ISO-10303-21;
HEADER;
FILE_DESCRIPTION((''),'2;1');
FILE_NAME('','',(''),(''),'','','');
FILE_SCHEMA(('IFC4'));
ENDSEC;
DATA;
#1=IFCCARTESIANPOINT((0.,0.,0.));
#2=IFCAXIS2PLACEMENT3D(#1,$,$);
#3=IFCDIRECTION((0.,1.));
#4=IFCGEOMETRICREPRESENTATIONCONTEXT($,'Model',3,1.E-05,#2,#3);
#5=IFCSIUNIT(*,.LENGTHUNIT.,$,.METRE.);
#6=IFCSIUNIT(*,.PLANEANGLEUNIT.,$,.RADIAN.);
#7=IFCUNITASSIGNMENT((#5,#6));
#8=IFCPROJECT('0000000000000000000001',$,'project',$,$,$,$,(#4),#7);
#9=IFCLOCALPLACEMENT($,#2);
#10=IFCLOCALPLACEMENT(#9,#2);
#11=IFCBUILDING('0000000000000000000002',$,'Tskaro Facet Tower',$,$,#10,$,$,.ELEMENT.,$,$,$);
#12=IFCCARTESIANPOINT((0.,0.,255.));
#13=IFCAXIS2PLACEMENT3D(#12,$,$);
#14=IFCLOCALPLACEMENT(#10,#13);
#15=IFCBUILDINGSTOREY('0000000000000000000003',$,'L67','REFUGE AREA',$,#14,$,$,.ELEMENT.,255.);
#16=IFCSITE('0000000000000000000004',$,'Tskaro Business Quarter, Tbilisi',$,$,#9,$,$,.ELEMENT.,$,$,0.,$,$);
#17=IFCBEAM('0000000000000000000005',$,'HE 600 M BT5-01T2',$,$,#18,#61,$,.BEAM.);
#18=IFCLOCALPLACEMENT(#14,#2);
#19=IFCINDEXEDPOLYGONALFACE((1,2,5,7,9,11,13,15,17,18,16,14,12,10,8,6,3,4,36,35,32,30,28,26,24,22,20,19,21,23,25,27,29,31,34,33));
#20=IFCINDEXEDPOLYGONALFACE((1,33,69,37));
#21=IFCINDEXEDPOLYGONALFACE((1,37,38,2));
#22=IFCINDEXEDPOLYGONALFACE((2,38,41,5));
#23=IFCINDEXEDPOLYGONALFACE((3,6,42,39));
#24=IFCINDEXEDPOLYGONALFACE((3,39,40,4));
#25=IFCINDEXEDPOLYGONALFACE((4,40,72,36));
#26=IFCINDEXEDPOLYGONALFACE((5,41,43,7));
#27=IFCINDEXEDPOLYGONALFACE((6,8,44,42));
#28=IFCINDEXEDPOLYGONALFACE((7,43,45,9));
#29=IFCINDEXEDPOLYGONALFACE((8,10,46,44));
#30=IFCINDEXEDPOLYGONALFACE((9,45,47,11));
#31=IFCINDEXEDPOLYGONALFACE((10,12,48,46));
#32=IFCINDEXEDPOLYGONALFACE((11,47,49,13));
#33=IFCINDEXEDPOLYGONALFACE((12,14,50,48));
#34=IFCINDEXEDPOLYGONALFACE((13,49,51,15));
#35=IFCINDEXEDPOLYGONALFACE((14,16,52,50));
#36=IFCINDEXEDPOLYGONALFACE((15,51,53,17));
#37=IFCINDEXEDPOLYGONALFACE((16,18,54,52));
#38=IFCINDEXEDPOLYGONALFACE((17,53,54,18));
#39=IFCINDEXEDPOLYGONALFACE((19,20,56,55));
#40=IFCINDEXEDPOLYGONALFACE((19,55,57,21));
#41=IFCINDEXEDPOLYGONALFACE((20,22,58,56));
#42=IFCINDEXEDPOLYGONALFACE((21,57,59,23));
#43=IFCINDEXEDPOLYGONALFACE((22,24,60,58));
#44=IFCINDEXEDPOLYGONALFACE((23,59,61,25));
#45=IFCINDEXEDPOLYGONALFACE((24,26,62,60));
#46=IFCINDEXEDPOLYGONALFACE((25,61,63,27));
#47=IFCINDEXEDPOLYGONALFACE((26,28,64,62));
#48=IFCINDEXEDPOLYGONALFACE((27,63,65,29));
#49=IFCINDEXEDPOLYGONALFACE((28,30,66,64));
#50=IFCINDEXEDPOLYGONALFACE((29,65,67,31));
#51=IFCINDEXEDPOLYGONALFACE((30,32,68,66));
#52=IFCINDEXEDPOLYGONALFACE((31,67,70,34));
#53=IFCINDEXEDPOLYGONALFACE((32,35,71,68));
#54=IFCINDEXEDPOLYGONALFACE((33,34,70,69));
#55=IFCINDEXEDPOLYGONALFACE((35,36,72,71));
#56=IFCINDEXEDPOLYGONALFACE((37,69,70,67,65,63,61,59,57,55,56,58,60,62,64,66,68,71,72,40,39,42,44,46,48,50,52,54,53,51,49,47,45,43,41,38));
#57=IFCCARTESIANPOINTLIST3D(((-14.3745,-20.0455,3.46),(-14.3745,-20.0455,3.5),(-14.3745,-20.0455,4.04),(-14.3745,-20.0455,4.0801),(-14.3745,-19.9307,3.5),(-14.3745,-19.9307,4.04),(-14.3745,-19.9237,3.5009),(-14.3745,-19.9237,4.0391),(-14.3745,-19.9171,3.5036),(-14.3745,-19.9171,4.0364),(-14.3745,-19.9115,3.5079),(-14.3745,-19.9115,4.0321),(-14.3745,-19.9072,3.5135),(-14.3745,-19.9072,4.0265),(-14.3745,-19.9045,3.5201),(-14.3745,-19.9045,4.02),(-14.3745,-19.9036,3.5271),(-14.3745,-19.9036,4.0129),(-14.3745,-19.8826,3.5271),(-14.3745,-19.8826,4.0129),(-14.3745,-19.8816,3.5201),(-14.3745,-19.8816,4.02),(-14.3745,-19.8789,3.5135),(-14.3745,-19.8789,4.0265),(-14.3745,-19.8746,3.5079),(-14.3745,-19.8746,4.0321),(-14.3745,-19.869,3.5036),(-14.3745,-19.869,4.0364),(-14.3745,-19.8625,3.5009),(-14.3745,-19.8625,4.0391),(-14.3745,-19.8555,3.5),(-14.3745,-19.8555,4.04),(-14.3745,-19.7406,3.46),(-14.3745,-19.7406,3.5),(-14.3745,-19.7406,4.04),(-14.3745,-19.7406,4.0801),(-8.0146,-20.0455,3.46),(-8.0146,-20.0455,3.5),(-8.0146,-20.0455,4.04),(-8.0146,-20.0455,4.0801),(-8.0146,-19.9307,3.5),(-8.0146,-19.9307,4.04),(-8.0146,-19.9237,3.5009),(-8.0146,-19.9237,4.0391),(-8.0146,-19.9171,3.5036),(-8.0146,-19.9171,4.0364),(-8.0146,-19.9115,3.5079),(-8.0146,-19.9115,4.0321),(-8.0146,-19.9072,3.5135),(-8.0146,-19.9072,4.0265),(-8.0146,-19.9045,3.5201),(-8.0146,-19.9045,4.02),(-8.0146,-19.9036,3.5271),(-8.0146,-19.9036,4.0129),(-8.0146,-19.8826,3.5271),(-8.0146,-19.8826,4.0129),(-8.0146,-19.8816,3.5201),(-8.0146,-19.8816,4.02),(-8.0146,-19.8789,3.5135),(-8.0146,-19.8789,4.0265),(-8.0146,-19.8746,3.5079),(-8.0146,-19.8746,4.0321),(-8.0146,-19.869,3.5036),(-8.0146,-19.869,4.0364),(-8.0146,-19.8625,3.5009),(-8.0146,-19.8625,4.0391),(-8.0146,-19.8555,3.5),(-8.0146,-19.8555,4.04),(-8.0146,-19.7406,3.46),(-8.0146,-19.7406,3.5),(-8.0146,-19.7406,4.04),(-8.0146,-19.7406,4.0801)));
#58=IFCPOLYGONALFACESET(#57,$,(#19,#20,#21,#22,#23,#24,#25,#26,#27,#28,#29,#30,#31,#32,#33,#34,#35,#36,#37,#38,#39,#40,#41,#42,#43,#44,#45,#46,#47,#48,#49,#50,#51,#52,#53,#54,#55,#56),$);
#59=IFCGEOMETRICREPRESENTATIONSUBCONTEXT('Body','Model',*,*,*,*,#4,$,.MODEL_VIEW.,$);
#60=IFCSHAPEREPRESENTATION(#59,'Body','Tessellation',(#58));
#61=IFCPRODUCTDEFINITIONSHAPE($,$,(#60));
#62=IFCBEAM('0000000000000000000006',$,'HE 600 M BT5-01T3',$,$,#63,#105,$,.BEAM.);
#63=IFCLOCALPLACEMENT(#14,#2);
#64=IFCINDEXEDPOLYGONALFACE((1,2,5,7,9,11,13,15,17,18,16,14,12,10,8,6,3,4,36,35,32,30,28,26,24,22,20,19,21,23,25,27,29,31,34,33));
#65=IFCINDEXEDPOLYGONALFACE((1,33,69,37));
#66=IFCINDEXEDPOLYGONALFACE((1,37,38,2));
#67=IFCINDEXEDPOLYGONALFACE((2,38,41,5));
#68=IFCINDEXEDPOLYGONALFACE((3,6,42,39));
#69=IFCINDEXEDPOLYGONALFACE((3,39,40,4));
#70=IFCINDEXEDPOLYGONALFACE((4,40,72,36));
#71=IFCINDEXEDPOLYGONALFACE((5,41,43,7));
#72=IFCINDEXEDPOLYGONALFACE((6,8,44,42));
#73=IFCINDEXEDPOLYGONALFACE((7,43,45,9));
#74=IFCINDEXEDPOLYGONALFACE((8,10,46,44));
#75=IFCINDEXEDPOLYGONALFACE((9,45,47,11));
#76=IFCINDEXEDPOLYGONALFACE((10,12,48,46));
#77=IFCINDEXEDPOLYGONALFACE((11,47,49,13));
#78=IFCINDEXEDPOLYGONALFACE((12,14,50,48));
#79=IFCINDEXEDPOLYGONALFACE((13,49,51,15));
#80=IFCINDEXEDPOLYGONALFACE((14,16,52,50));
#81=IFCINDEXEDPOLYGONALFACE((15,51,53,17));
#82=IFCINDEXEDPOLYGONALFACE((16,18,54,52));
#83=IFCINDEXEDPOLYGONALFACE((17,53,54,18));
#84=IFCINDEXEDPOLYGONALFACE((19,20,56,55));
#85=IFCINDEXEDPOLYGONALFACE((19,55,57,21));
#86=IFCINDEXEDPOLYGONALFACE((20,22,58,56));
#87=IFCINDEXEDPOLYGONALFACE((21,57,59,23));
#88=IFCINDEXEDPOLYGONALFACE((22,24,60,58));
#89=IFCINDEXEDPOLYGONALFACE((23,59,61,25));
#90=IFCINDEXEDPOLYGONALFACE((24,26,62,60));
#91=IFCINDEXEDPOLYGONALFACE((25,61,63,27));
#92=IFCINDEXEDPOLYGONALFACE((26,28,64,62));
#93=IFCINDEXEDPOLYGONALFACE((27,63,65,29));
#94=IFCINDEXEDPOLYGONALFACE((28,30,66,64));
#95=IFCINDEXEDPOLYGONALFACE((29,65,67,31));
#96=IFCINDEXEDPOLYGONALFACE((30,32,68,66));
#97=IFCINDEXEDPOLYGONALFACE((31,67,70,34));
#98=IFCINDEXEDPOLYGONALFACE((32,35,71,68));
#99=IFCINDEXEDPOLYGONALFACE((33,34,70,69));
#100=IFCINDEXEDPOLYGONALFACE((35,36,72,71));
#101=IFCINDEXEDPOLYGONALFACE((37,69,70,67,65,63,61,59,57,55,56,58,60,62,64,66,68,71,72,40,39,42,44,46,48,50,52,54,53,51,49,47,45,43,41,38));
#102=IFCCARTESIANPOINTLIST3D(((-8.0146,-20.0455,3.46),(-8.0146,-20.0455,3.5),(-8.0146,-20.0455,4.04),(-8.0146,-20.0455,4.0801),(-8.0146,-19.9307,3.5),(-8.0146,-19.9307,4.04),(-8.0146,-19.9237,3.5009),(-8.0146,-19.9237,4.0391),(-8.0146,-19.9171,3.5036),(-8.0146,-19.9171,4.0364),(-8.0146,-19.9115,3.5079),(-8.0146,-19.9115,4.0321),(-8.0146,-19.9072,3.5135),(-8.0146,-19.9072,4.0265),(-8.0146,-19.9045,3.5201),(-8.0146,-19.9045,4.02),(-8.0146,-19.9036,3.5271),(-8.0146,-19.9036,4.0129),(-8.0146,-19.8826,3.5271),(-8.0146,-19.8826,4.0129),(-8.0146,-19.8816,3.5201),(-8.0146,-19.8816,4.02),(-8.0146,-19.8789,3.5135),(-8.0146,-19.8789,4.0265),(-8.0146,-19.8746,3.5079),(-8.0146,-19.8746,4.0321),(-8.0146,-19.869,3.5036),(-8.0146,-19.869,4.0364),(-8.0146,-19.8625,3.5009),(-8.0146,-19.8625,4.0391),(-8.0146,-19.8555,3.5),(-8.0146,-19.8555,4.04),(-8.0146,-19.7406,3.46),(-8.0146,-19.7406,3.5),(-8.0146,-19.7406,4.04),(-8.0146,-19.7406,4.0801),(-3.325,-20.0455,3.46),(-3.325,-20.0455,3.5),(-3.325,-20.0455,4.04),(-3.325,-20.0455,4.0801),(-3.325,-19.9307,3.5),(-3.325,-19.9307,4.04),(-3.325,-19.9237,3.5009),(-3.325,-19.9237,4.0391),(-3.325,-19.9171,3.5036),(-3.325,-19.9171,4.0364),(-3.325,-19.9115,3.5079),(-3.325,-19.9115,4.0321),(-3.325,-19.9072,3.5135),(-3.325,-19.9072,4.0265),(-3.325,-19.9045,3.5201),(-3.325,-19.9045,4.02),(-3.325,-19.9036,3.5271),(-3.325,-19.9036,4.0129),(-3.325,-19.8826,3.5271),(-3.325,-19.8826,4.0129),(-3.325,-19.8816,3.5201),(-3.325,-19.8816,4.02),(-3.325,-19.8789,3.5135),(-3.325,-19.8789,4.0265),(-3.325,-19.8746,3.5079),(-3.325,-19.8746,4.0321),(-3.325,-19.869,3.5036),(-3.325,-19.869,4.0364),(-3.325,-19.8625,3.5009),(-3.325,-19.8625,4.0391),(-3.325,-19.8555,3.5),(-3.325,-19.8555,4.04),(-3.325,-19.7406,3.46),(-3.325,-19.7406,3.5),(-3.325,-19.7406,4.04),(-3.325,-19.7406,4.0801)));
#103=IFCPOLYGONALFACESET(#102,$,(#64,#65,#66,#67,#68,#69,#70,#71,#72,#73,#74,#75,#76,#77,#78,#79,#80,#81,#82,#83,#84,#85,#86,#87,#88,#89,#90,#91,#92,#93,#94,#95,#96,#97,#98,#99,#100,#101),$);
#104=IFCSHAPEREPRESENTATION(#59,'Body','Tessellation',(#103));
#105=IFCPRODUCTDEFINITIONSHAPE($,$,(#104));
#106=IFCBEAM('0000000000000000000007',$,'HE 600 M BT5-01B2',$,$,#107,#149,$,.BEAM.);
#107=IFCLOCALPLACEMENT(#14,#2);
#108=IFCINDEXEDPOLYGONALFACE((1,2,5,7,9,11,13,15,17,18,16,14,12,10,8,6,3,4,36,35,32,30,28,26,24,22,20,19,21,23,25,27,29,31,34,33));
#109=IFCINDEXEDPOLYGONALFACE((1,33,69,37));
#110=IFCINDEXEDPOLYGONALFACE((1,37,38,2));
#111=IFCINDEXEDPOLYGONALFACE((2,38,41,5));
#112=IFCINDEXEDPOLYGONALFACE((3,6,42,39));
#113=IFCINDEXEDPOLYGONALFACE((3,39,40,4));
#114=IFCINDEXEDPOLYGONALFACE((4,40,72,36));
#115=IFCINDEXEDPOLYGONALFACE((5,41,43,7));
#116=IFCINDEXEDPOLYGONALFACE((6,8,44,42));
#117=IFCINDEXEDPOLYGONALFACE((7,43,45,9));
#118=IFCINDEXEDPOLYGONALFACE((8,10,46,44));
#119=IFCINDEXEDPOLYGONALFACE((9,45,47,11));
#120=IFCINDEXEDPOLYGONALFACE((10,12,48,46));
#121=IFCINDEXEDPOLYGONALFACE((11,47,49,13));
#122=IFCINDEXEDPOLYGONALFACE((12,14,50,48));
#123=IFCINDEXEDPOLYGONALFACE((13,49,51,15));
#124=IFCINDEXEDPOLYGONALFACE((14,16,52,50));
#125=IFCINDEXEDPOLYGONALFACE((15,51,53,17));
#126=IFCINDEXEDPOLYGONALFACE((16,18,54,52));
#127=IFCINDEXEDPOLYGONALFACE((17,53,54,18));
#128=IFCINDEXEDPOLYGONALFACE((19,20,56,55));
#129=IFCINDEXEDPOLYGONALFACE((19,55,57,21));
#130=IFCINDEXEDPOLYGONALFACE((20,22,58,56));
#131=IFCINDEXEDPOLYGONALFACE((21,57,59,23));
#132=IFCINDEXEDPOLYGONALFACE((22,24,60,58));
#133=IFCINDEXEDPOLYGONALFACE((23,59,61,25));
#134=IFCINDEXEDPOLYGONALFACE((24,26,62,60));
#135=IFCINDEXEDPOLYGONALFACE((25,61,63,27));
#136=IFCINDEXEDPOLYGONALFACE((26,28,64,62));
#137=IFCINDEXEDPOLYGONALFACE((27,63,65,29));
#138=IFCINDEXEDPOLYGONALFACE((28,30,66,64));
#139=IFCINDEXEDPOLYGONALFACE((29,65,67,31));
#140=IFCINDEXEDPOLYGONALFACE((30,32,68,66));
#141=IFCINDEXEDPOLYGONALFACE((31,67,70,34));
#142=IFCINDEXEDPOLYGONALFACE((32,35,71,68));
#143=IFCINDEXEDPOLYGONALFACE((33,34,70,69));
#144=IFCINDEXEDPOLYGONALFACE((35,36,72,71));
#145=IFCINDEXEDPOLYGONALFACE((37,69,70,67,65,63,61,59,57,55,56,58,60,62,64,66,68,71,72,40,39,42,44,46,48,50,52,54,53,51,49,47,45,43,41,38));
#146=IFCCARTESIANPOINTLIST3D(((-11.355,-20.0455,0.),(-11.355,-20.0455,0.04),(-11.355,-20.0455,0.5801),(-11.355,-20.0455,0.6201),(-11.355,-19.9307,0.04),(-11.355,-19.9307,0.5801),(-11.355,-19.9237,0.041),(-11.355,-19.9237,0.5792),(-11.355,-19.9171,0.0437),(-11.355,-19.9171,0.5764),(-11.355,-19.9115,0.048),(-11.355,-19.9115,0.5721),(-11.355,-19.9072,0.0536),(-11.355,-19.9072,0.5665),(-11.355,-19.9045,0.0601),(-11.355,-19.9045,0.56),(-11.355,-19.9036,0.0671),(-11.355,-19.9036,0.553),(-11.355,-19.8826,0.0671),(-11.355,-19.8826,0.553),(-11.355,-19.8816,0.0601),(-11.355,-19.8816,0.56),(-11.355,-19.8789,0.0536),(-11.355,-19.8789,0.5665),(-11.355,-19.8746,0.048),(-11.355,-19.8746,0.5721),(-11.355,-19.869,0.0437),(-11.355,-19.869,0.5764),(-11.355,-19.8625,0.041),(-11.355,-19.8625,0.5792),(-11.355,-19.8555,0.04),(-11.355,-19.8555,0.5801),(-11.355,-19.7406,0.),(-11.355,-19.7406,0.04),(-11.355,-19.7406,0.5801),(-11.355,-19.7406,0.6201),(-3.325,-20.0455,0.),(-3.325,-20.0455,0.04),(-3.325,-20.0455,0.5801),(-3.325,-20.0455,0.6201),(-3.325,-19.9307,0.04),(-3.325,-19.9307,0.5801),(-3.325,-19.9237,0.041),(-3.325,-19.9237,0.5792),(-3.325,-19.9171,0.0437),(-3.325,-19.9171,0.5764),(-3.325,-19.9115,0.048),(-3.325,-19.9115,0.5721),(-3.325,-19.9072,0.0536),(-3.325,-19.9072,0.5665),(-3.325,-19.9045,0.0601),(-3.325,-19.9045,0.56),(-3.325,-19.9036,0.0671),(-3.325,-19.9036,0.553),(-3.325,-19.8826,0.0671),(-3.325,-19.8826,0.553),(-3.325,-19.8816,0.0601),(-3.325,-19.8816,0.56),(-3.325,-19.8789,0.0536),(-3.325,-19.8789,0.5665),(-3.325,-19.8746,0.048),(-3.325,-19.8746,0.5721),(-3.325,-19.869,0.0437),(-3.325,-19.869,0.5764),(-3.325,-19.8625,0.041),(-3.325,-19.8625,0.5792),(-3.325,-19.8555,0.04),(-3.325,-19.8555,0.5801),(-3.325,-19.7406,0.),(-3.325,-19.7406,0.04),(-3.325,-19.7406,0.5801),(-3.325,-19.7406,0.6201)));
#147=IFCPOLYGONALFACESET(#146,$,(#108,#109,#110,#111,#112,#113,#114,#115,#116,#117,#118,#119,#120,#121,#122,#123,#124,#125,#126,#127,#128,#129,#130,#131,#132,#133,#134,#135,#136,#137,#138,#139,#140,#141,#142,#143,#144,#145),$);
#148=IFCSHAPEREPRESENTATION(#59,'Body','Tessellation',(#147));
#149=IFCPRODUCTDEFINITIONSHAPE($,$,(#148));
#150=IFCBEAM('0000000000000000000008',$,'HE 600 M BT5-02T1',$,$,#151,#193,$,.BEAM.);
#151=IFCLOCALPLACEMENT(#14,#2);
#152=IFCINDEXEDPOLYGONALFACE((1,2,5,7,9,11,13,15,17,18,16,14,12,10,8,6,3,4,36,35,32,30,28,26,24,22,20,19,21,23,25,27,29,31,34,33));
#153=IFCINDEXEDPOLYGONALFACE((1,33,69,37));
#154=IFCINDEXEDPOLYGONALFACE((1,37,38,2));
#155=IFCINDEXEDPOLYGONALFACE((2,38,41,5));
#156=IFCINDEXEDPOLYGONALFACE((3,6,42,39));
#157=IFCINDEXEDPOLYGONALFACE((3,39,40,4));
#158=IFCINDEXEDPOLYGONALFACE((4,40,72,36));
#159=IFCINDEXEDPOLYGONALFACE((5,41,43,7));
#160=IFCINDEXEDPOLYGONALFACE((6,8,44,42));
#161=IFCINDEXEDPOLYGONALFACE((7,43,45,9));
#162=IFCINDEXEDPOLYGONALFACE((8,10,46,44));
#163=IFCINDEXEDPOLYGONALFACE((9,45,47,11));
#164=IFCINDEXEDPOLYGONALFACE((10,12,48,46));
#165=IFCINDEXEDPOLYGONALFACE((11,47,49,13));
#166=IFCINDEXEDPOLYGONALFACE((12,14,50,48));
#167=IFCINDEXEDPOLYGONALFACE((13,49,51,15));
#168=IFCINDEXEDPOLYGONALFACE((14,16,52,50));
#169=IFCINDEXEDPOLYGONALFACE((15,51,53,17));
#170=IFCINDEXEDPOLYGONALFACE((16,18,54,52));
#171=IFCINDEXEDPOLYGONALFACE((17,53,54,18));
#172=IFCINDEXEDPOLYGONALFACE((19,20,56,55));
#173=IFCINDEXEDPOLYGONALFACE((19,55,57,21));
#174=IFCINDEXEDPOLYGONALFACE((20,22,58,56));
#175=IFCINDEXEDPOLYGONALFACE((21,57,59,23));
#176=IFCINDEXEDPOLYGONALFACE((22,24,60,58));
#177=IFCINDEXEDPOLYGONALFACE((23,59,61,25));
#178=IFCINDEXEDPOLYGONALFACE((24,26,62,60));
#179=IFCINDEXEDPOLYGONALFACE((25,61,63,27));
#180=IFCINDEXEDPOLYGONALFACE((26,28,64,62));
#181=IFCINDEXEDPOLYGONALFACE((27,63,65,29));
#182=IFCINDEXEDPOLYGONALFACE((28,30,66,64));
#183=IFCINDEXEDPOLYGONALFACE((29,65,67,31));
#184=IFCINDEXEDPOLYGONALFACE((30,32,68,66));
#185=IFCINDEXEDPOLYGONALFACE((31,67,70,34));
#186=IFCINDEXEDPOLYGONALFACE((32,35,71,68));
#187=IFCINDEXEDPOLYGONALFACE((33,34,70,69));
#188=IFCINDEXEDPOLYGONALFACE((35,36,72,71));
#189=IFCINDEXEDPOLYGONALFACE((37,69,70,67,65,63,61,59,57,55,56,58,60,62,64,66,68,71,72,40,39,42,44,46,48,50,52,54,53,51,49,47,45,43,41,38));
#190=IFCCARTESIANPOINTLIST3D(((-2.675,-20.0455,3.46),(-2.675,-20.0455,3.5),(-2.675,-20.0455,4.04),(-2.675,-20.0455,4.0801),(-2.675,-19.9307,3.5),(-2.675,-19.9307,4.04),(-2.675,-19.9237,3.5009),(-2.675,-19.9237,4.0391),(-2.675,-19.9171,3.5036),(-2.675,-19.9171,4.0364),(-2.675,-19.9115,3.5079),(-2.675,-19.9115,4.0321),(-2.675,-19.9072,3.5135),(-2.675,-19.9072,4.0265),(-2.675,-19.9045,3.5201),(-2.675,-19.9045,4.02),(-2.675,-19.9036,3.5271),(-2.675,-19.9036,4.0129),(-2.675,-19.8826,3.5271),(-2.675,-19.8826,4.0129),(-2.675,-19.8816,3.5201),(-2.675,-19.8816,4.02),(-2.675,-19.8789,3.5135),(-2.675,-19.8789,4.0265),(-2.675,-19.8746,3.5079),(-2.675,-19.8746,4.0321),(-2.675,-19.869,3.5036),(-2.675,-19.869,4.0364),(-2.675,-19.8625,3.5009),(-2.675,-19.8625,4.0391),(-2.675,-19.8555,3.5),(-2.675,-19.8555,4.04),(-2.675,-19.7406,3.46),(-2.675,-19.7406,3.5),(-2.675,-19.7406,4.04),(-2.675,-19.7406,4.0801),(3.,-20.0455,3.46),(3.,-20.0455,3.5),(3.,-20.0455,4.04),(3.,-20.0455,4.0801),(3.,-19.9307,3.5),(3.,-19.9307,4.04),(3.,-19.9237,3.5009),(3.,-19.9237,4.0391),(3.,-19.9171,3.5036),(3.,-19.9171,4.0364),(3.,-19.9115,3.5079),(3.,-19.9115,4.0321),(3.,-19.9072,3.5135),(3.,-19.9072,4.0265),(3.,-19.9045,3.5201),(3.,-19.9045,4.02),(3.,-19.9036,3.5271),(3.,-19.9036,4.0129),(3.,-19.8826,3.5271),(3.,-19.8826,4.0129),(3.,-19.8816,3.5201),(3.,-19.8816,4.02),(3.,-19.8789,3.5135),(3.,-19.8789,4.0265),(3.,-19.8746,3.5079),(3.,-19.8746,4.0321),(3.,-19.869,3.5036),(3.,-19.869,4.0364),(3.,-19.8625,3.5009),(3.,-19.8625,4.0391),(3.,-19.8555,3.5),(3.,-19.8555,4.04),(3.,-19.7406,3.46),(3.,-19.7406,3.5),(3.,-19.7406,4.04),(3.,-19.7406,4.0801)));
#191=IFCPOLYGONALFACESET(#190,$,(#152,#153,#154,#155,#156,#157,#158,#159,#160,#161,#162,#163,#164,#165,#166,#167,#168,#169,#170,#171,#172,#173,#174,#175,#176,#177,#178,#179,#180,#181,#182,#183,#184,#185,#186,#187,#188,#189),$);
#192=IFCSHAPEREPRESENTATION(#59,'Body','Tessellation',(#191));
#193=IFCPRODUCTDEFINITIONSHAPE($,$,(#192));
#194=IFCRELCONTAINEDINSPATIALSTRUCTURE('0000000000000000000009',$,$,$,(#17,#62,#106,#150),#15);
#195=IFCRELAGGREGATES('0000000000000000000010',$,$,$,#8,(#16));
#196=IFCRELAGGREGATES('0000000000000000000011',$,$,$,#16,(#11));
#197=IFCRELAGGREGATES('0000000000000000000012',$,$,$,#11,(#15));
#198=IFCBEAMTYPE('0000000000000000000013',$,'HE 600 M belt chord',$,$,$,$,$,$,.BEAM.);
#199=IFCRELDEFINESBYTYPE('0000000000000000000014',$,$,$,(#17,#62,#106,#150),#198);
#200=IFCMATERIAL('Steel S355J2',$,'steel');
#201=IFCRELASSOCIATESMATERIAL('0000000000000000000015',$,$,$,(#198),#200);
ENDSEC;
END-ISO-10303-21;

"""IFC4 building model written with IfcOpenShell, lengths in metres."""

from ifc_helpers import new_model, si_unit, direction, frame, origin, origin_2d, place, context, subcontext, project, spatial, i_section, extrude, material, material_profile, profile_set, type_object, element, save


model = new_model("IFC4")

# Units and contexts
model_context = context("Model", 3, precision=1e-05, world=origin(), true_north=direction((0.0, 1.0)))
body_context = subcontext(model_context, "Body", "Model", "MODEL_VIEW")
ifc_project = project(units=[si_unit("LENGTHUNIT", "METRE"), si_unit("PLANEANGLEUNIT", "RADIAN")], contexts=[model_context])

# Site, building, storey
site_placement = place(None, origin())
site = spatial("IfcSite", under=ifc_project, at=site_placement, Name="Tskaro Business Quarter, Tbilisi", CompositionType="ELEMENT", RefElevation=0.0)
building_placement = place(site_placement, origin())
building = spatial("IfcBuilding", under=site, at=building_placement, Name="Tskaro Facet Tower", CompositionType="ELEMENT")
storey_placement = place(building_placement, frame((0.0, 0.0, 255.0)))
storey = spatial("IfcBuildingStorey", under=building, at=storey_placement, Name="L67", Description="REFUGE AREA", CompositionType="ELEMENT", Elevation=255.0)

# Shared definitions
ifc_material_1 = material(Name="Steel S355J2", Category="steel")

# Beams
ifc_material_profile_1 = material_profile(ifc_material_1, i_section(OverallWidth=0.3049, OverallDepth=0.6201, WebThickness=0.021, FlangeThickness=0.04, FilletRadius=0.0271, at=origin_2d()), Name="HE 600 M")
ifc_profile_set_1 = profile_set([ifc_material_profile_1], Name="Steel S355J2")
beam_type_1 = type_object("IfcBeamType", Name="HE 600 M belt chord", PredefinedType="BEAM", material=ifc_profile_set_1)
beam_1_placement = place(storey_placement, frame((-14.3745, -19.8931, 3.77), z_axis=(1.0, 0.0, 0.0), x_axis=(0.0, 1.0, 0.0)))
element("IfcBeam", 1, at=beam_1_placement, inside=storey, type_object=beam_type_1, Name="HE 600 M BT5-01T2", PredefinedType="BEAM", context=body_context, shape_type="SweptSolid", body=[
    extrude(i_section(OverallWidth=0.3049, OverallDepth=0.6201, WebThickness=0.021, FlangeThickness=0.04, FilletRadius=0.0271, at=origin_2d()), origin(), (0.0, 0.0, 1.0), 6.3599),
])
beam_2_placement = place(storey_placement, frame((-8.0146, -19.8931, 3.77), z_axis=(1.0, 0.0, 0.0), x_axis=(0.0, 1.0, 0.0)))
element("IfcBeam", 2, at=beam_2_placement, inside=storey, type_object=beam_type_1, Name="HE 600 M BT5-01T3", PredefinedType="BEAM", context=body_context, shape_type="SweptSolid", body=[
    extrude(i_section(OverallWidth=0.3049, OverallDepth=0.6201, WebThickness=0.021, FlangeThickness=0.04, FilletRadius=0.0271, at=origin_2d()), origin(), (0.0, 0.0, 1.0), 4.6897),
])
beam_3_placement = place(storey_placement, frame((-11.355, -19.8931, 0.3101), z_axis=(1.0, 0.0, 0.0), x_axis=(0.0, 1.0, 0.0)))
element("IfcBeam", 3, at=beam_3_placement, inside=storey, type_object=beam_type_1, Name="HE 600 M BT5-01B2", PredefinedType="BEAM", context=body_context, shape_type="SweptSolid", body=[
    extrude(i_section(OverallWidth=0.3049, OverallDepth=0.6201, WebThickness=0.021, FlangeThickness=0.04, FilletRadius=0.0271, at=origin_2d()), origin(), (0.0, 0.0, 1.0), 8.03),
])
beam_4_placement = place(storey_placement, frame((-2.675, -19.8931, 3.77), z_axis=(1.0, 0.0, 0.0), x_axis=(0.0, 1.0, 0.0)))
element("IfcBeam", 4, at=beam_4_placement, inside=storey, type_object=beam_type_1, Name="HE 600 M BT5-02T1", PredefinedType="BEAM", context=body_context, shape_type="SweptSolid", body=[
    extrude(i_section(OverallWidth=0.3049, OverallDepth=0.6201, WebThickness=0.021, FlangeThickness=0.04, FilletRadius=0.0271, at=origin_2d()), origin(), (0.0, 0.0, 1.0), 5.675),
])

save(model, "model.ifc")
